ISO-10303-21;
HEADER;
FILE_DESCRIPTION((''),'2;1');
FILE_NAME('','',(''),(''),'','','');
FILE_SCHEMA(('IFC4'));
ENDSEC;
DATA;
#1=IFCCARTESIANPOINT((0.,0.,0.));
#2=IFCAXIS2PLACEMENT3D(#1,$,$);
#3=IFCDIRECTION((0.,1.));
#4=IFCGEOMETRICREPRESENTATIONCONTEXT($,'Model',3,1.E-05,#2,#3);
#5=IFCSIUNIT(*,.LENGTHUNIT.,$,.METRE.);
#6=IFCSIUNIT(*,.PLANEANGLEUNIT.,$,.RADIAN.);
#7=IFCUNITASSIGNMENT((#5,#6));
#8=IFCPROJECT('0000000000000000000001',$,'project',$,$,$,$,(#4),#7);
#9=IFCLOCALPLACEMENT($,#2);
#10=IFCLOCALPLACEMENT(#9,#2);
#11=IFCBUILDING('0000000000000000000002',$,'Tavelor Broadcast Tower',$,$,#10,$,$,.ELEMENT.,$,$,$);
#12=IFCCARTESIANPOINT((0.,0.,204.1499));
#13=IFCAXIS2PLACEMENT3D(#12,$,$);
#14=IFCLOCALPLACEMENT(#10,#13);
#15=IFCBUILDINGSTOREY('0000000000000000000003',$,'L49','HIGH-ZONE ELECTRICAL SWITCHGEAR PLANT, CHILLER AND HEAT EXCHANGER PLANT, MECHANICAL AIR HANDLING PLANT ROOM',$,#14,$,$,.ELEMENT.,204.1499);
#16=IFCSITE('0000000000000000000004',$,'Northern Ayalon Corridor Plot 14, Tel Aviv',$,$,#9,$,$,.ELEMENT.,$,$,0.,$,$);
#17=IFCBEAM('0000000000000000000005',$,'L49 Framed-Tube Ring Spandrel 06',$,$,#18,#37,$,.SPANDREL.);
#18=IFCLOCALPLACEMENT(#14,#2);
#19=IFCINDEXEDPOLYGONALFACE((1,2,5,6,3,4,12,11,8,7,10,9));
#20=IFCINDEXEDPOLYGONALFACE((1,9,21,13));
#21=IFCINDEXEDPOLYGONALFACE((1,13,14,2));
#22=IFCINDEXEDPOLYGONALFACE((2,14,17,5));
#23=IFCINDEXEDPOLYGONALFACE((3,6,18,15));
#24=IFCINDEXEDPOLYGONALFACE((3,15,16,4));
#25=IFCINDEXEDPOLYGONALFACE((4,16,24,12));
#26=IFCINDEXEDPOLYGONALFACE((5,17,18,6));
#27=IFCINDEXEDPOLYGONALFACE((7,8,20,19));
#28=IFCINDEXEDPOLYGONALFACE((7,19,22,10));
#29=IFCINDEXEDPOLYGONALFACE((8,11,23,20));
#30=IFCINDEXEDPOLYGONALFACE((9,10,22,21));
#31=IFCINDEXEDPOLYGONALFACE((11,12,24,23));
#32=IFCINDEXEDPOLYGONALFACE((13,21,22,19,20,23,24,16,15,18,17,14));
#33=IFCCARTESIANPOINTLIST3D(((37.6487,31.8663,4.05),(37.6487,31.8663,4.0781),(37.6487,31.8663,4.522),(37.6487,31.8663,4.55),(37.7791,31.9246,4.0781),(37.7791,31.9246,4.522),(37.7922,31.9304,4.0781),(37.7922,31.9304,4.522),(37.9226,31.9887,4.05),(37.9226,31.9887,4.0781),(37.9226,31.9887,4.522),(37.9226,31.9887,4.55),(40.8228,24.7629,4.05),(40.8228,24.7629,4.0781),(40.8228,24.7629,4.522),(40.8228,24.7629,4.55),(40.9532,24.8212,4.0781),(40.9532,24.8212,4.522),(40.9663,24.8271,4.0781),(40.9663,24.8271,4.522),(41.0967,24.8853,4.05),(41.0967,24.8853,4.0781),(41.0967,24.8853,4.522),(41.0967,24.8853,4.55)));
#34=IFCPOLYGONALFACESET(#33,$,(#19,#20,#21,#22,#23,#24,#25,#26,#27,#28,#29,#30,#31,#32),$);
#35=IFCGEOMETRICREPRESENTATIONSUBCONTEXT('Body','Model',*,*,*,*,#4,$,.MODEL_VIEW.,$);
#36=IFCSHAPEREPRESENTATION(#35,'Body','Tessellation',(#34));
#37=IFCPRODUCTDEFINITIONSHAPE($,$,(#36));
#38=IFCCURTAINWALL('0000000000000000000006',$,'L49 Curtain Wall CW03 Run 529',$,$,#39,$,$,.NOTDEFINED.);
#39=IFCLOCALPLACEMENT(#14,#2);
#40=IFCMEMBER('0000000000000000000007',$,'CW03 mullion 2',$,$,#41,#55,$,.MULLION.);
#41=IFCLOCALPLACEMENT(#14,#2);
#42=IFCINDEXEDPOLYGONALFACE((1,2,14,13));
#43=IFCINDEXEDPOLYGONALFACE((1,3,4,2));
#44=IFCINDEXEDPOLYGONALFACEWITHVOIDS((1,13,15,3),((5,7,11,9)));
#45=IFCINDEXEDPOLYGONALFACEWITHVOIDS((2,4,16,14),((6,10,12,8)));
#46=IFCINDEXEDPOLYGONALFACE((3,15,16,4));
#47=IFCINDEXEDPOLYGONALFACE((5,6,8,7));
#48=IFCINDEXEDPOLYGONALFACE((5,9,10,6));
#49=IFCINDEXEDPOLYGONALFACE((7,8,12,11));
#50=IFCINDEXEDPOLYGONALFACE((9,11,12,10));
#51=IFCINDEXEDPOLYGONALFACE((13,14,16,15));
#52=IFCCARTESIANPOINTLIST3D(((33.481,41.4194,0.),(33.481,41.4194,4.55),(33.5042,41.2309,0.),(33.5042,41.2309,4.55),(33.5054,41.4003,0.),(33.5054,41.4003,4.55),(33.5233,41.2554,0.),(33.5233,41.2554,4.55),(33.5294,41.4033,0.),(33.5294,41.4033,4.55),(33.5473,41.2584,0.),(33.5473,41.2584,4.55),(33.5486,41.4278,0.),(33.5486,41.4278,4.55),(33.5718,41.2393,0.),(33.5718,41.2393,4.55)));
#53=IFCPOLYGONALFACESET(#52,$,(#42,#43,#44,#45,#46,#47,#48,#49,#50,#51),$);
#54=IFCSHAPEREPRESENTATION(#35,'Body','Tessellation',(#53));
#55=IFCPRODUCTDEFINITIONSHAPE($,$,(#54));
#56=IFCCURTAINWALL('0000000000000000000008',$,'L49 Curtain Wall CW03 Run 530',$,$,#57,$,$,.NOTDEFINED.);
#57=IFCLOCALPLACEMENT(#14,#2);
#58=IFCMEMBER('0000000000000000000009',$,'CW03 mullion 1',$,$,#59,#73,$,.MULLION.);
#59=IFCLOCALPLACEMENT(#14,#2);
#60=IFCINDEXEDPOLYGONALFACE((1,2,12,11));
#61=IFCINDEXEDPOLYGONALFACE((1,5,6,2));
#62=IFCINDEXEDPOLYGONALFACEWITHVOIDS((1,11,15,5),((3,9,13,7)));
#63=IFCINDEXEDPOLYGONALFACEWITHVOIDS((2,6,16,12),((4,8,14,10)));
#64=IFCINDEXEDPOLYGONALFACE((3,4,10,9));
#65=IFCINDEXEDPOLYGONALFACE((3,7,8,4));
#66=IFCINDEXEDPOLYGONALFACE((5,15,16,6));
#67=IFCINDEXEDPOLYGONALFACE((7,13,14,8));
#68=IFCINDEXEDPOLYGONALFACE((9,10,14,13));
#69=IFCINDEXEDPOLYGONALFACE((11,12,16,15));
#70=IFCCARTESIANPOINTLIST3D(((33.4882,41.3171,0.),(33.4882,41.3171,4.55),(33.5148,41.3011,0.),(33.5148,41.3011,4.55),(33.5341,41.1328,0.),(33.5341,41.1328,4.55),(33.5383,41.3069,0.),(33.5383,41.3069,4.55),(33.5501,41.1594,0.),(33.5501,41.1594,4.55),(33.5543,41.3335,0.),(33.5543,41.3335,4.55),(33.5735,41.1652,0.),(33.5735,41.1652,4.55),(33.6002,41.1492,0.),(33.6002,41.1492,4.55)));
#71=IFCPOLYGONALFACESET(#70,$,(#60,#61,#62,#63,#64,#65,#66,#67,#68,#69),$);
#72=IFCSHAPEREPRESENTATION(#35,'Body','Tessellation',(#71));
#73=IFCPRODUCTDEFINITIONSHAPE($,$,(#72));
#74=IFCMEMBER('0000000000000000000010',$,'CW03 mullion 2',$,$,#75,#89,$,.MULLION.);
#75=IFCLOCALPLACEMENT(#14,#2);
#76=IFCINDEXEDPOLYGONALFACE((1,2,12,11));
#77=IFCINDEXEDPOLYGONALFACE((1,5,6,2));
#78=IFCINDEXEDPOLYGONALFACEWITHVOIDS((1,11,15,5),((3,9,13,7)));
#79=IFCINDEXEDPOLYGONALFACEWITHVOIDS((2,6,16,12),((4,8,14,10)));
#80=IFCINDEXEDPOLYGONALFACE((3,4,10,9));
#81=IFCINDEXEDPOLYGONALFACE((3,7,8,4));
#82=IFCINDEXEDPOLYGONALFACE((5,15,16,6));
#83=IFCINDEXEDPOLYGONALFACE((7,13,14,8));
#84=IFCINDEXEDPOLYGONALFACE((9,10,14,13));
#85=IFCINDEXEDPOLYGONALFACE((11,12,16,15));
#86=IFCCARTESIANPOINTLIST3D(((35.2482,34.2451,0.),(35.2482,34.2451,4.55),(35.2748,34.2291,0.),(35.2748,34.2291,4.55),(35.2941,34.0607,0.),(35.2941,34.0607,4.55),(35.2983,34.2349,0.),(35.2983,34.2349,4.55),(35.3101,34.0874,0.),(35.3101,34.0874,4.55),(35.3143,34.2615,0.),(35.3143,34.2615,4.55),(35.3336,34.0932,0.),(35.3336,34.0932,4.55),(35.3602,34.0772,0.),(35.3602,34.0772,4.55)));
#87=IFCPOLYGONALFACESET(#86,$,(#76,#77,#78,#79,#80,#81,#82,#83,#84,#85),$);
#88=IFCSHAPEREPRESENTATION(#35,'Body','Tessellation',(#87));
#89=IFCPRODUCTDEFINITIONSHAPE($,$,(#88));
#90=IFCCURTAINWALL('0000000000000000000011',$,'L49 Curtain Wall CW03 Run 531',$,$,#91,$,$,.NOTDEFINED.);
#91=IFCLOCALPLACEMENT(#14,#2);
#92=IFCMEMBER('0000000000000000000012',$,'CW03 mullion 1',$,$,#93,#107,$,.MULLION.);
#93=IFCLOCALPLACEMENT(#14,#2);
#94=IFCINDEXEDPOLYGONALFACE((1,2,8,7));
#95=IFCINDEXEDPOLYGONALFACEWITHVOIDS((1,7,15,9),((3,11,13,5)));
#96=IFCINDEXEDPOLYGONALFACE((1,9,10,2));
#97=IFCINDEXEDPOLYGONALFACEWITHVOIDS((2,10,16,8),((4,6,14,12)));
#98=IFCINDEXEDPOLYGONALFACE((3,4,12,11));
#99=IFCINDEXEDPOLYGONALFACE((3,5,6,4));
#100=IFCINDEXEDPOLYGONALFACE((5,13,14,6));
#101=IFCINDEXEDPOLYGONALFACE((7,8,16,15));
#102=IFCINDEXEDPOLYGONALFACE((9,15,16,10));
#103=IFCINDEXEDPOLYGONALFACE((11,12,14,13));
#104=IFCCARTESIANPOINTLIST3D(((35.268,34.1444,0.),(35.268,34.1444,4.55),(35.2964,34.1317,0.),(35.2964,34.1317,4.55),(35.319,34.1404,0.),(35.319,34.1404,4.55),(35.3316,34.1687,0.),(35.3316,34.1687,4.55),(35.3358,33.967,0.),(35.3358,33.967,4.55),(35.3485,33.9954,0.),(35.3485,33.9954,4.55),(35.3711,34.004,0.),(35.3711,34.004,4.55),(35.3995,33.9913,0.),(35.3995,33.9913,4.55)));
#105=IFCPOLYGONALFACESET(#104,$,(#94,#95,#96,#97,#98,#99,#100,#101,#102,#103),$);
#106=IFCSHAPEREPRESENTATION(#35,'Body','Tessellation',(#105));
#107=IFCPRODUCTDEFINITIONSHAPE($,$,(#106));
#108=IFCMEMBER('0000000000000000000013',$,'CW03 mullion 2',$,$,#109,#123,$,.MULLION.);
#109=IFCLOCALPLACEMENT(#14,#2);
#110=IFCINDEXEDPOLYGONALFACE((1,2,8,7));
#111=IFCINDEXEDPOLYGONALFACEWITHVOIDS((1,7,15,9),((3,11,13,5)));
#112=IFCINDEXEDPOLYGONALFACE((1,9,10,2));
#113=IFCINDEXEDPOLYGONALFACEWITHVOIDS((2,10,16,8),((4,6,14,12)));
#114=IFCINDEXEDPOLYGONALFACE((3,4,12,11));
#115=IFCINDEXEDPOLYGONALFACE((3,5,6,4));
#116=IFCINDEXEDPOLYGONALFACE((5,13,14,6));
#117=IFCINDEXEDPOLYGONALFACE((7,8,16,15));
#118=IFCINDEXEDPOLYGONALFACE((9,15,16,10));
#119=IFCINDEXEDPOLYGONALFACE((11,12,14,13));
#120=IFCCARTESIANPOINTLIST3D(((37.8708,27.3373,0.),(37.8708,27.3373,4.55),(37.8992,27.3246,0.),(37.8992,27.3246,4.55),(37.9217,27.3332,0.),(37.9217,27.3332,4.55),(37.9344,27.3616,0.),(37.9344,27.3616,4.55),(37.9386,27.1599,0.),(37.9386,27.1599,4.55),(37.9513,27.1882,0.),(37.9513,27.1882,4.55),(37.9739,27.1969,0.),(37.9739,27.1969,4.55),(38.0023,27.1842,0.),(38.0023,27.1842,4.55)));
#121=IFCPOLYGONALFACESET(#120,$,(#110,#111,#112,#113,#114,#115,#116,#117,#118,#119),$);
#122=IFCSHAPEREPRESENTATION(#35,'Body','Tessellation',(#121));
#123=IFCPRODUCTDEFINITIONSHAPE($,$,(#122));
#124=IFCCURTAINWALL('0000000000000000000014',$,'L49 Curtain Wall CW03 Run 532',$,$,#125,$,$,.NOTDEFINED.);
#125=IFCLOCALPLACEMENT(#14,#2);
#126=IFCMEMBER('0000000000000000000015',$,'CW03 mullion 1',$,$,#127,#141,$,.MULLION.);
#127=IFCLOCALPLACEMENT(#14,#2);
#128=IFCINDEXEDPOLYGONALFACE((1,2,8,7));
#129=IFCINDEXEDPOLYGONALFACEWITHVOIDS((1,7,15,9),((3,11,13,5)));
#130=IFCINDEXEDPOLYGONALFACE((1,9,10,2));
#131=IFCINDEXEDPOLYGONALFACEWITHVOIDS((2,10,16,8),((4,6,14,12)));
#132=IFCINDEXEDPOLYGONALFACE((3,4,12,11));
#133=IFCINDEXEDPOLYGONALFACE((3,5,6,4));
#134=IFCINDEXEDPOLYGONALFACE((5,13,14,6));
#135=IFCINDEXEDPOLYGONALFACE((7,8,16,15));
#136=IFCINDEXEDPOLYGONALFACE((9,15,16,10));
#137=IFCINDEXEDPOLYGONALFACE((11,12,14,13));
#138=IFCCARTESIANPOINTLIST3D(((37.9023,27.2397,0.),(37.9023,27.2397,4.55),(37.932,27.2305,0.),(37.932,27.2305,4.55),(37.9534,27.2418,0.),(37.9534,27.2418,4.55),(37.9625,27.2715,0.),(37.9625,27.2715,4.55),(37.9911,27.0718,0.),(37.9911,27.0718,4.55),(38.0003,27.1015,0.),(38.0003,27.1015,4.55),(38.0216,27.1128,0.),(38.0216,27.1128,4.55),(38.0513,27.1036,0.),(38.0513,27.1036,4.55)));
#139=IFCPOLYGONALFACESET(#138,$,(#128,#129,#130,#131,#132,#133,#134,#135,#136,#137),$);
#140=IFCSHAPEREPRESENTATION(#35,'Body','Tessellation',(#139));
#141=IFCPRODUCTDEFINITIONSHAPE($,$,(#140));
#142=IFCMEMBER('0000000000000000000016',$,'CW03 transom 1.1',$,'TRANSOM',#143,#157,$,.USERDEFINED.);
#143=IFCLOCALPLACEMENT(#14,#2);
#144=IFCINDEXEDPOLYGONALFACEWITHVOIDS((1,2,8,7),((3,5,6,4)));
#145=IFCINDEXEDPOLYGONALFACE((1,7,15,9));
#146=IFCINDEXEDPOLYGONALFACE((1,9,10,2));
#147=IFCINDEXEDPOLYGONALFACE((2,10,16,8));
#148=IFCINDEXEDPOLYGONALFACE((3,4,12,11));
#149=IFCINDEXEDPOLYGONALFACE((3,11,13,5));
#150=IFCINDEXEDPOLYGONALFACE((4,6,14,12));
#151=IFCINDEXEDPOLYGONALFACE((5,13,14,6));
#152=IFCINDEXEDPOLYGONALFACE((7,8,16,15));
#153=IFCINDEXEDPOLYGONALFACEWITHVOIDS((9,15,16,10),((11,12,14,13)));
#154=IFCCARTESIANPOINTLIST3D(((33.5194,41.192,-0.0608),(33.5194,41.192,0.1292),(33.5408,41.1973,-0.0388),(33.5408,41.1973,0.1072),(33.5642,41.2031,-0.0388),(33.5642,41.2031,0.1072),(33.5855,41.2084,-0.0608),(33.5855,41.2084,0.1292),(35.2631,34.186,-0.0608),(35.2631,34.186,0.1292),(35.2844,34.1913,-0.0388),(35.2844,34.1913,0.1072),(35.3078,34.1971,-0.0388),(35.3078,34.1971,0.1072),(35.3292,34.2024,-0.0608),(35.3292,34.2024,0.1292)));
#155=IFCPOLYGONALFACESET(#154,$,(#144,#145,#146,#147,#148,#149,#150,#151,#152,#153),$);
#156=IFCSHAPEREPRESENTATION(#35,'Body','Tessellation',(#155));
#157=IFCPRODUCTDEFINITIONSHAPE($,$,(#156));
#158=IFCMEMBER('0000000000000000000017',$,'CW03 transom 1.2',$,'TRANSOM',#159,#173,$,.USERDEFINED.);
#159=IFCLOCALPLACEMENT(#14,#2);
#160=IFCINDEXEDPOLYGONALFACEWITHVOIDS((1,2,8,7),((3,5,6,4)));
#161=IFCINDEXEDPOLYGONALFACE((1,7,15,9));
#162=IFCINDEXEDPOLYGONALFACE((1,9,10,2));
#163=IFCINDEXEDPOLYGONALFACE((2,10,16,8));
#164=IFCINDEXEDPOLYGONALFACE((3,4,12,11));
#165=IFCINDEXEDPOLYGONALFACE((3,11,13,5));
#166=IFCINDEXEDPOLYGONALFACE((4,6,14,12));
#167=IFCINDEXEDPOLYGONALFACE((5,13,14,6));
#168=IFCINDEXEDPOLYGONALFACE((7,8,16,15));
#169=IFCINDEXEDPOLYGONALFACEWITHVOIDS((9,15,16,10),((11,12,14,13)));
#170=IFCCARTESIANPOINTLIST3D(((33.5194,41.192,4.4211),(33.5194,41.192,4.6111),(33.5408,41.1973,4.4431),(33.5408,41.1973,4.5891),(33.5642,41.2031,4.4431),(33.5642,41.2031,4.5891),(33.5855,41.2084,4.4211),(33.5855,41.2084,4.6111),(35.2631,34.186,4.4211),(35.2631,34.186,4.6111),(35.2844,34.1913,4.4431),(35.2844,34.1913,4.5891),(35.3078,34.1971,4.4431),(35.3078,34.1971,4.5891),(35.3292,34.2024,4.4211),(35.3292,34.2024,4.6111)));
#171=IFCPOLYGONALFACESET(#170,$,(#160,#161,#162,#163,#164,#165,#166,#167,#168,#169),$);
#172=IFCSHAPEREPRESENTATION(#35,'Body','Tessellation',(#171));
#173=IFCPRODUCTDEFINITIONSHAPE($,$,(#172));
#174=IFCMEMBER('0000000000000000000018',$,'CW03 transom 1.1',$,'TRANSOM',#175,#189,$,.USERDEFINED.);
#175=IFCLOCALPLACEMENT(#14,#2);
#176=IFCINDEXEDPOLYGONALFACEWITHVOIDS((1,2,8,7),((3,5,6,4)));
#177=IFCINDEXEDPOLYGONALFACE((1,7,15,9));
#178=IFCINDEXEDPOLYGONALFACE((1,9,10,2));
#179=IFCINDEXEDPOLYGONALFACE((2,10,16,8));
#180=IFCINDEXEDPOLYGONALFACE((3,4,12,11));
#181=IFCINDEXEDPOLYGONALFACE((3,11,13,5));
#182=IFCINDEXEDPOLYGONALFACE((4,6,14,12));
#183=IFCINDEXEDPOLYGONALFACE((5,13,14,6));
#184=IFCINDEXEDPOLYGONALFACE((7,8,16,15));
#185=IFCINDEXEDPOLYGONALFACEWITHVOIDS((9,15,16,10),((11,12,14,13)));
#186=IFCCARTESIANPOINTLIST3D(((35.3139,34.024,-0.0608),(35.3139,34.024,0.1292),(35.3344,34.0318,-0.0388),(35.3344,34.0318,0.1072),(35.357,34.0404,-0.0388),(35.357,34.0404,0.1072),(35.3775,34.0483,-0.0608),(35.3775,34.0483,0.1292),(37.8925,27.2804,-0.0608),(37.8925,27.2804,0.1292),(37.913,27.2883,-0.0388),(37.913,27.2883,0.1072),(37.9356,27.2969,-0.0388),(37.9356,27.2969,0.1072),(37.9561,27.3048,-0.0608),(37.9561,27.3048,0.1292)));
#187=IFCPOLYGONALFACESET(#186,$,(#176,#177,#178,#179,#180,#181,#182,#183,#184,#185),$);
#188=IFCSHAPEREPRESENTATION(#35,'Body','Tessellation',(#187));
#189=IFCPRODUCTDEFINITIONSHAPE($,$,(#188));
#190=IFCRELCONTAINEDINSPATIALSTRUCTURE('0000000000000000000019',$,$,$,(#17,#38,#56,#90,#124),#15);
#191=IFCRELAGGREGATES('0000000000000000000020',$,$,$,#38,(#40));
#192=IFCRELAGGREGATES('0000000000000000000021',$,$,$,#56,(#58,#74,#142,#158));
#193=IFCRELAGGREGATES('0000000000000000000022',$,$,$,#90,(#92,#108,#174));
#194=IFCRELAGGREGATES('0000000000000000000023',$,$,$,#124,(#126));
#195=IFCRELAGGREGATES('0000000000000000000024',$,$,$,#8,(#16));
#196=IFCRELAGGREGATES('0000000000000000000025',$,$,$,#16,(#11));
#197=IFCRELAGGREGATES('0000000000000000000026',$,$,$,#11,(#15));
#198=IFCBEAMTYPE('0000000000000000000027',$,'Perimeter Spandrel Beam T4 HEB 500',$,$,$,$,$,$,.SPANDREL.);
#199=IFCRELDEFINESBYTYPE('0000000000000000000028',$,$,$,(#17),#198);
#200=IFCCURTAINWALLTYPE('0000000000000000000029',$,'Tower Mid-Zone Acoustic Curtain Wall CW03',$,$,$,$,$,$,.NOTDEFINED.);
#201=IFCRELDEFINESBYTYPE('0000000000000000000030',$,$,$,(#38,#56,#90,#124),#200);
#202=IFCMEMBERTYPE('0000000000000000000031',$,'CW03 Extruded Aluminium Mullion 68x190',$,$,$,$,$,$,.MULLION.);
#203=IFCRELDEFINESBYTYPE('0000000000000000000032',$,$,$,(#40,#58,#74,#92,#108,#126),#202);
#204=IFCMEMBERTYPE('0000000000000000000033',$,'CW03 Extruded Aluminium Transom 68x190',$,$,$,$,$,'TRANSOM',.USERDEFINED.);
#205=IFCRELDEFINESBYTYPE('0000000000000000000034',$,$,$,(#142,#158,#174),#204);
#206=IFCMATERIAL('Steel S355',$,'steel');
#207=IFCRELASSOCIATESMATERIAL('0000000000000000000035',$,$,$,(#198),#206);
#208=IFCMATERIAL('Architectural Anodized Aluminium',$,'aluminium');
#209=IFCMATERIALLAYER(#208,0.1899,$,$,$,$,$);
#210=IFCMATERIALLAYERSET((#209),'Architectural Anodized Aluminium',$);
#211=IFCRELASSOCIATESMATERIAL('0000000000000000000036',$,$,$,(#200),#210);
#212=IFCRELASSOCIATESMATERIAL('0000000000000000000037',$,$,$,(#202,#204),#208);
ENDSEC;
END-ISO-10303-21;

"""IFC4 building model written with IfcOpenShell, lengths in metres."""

from ifc_helpers import new_model, si_unit, direction, frame, origin, origin_2d, place, context, subcontext, project, spatial, hollow_rectangle, i_section, extrude, source, transform, mapped, material, layer, layer_set, material_profile, profile_set, type_object, type_shapes, element, aggregate, save


model = new_model("IFC4")

# Units and contexts
model_context = context("Model", 3, precision=1e-05, world=origin(), true_north=direction((0.0, 1.0)))
body_context = subcontext(model_context, "Body", "Model", "MODEL_VIEW")
ifc_project = project(units=[si_unit("LENGTHUNIT", "METRE"), si_unit("PLANEANGLEUNIT", "RADIAN")], contexts=[model_context])

# Site, building, storey
site_placement = place(None, origin())
site = spatial("IfcSite", under=ifc_project, at=site_placement, Name="Northern Ayalon Corridor Plot 14, Tel Aviv", CompositionType="ELEMENT", RefElevation=0.0)
building_placement = place(site_placement, origin())
building = spatial("IfcBuilding", under=site, at=building_placement, Name="Tavelor Broadcast Tower", CompositionType="ELEMENT")
storey_placement = place(building_placement, frame((0.0, 0.0, 204.1499)))
storey = spatial("IfcBuildingStorey", under=building, at=storey_placement, Name="L49", Description="HIGH-ZONE ELECTRICAL SWITCHGEAR PLANT, CHILLER AND HEAT EXCHANGER PLANT, MECHANICAL AIR HANDLING PLANT ROOM", CompositionType="ELEMENT", Elevation=204.1499)

# Beam
ifc_material_1 = material(Name="Steel S355", Category="steel")
ifc_material_profile_1 = material_profile(ifc_material_1, i_section(OverallWidth=0.3, OverallDepth=0.5, WebThickness=0.0144, FlangeThickness=0.0281, at=origin_2d()), Name="HEB 500")
ifc_profile_set_1 = profile_set([ifc_material_profile_1], Name="Steel S355")
beam_type_1 = type_object("IfcBeamType", Name="Perimeter Spandrel Beam T4 HEB 500", PredefinedType="SPANDREL", material=ifc_profile_set_1)
beam_1_placement = place(storey_placement, frame((37.7856, 31.9275, 4.3), z_axis=(0.407969, -0.912996, 0.0), x_axis=(0.912996, 0.407969, 0.0)))
element("IfcBeam", 1, at=beam_1_placement, inside=storey, type_object=beam_type_1, Name="L49 Framed-Tube Ring Spandrel 06", PredefinedType="SPANDREL", context=body_context, shape_type="SweptSolid", body=[
    extrude(i_section(OverallWidth=0.3, OverallDepth=0.5, WebThickness=0.0144, FlangeThickness=0.0281, at=origin_2d()), origin(), (0.0, 0.0, 1.0), 7.7803),
])

# Curtain wall, member
ifc_material_2 = material(Name="Architectural Anodized Aluminium", Category="aluminium")
ifc_layer_1 = layer(ifc_material_2, 0.1899)
ifc_layer_set_1 = layer_set([ifc_layer_1], Name="Architectural Anodized Aluminium")
curtain_wall_type = type_object("IfcCurtainWallType", Name="Tower Mid-Zone Acoustic Curtain Wall CW03", PredefinedType="NOTDEFINED", material=ifc_layer_set_1)
curtain_wall_1_placement = place(storey_placement, origin())
curtain_wall_1 = element("IfcCurtainWall", 2, at=curtain_wall_1_placement, inside=storey, type_object=curtain_wall_type, Name="L49 Curtain Wall CW03 Run 529", PredefinedType="NOTDEFINED")
ifc_material_profile_2 = material_profile(ifc_material_2, hollow_rectangle(XDim=0.0681, YDim=0.1899, WallThickness=0.022, at=origin_2d()), Name="RHS 68x190x22")
ifc_profile_set_2 = profile_set([ifc_material_profile_2], Name="Architectural Anodized Aluminium")
member_type_1 = type_object("IfcMemberType", Name="CW03 Extruded Aluminium Mullion 68x190", PredefinedType="MULLION", material=ifc_profile_set_2)
shared_shape_1 = source(origin(), body_context, "Body", "SweptSolid", [
    extrude(hollow_rectangle(XDim=0.0681, YDim=0.1899, WallThickness=0.022, at=origin_2d()), origin(), (0.0, 0.0, 1.0), 4.55),
])
type_shapes(member_type_1, [shared_shape_1])
member_1_placement = place(storey_placement, frame((33.5264, 41.3293, 0.0), z_axis=(0.0, 0.0, 1.0), x_axis=(0.992494, 0.122293, 0.0)))
member_1 = element("IfcMember", 3, at=member_1_placement, type_object=member_type_1, Name="CW03 mullion 2", PredefinedType="MULLION", context=body_context, shape_type="MappedRepresentation", body=[
    mapped(shared_shape_1, transform((0.0, 0.0, 0.0), scale=1.0)),
])
aggregate(curtain_wall_1, [member_1])

# Curtain walls, members
curtain_wall_2_placement = place(storey_placement, origin())
curtain_wall_2 = element("IfcCurtainWall", 4, at=curtain_wall_2_placement, inside=storey, type_object=curtain_wall_type, Name="L49 Curtain Wall CW03 Run 530", PredefinedType="NOTDEFINED")
member_2_placement = place(storey_placement, frame((33.5442, 41.2332, 0.0), z_axis=(0.0, 0.0, 1.0), x_axis=(0.970398, 0.241512, 0.0)))
member_2 = element("IfcMember", 5, at=member_2_placement, type_object=member_type_1, Name="CW03 mullion 1", PredefinedType="MULLION", context=body_context, shape_type="MappedRepresentation", body=[
    mapped(shared_shape_1, transform((0.0, 0.0, 0.0), scale=1.0)),
])
member_3_placement = place(storey_placement, frame((35.3042, 34.1611, 0.0), z_axis=(0.0, 0.0, 1.0), x_axis=(0.970398, 0.241512, 0.0)))
member_3 = element("IfcMember", 6, at=member_3_placement, type_object=member_type_1, Name="CW03 mullion 2", PredefinedType="MULLION", context=body_context, shape_type="MappedRepresentation", body=[
    mapped(shared_shape_1, transform((0.0, 0.0, 0.0), scale=1.0)),
])
curtain_wall_3_placement = place(storey_placement, origin())
curtain_wall_3 = element("IfcCurtainWall", 7, at=curtain_wall_3_placement, inside=storey, type_object=curtain_wall_type, Name="L49 Curtain Wall CW03 Run 531", PredefinedType="NOTDEFINED")
member_4_placement = place(storey_placement, frame((35.3337, 34.0679, 0.0), z_axis=(0.0, 0.0, 1.0), x_axis=(0.934042, 0.357162, 0.0)))
member_4 = element("IfcMember", 8, at=member_4_placement, type_object=member_type_1, Name="CW03 mullion 1", PredefinedType="MULLION", context=body_context, shape_type="MappedRepresentation", body=[
    mapped(shared_shape_1, transform((0.0, 0.0, 0.0), scale=1.0)),
])
member_5_placement = place(storey_placement, frame((37.9365, 27.2607, 0.0), z_axis=(0.0, 0.0, 1.0), x_axis=(0.934042, 0.357162, 0.0)))
member_5 = element("IfcMember", 9, at=member_5_placement, type_object=member_type_1, Name="CW03 mullion 2", PredefinedType="MULLION", context=body_context, shape_type="MappedRepresentation", body=[
    mapped(shared_shape_1, transform((0.0, 0.0, 0.0), scale=1.0)),
])

# Curtain wall, member
curtain_wall_4_placement = place(storey_placement, origin())
curtain_wall_4 = element("IfcCurtainWall", 10, at=curtain_wall_4_placement, inside=storey, type_object=curtain_wall_type, Name="L49 Curtain Wall CW03 Run 532", PredefinedType="NOTDEFINED")
member_6_placement = place(storey_placement, frame((37.9768, 27.1716, 0.0), z_axis=(0.0, 0.0, 1.0), x_axis=(0.883959, 0.467564, 0.0)))
member_6 = element("IfcMember", 11, at=member_6_placement, type_object=member_type_1, Name="CW03 mullion 1", PredefinedType="MULLION", context=body_context, shape_type="MappedRepresentation", body=[
    mapped(shared_shape_1, transform((0.0, 0.0, 0.0), scale=1.0)),
])

# Members
ifc_material_profile_3 = material_profile(ifc_material_2, hollow_rectangle(XDim=0.0681, YDim=0.1899, WallThickness=0.022, at=origin_2d()), Name="RHS 68x190x22")
ifc_profile_set_3 = profile_set([ifc_material_profile_3], Name="Architectural Anodized Aluminium")
member_type_2 = type_object("IfcMemberType", Name="CW03 Extruded Aluminium Transom 68x190", ElementType="TRANSOM", PredefinedType="USERDEFINED", material=ifc_profile_set_3)
shared_shape_2 = source(origin(), body_context, "Body", "SweptSolid", [
    extrude(hollow_rectangle(XDim=0.0681, YDim=0.1899, WallThickness=0.022, at=origin_2d()), origin(), (0.0, 0.0, 1.0), 7.2197),
])
member_7_placement = place(storey_placement, frame((33.5525, 41.2002, 0.0342), z_axis=(0.241509, -0.970399, 0.0), x_axis=(0.970399, 0.241509, 0.0)))
member_7 = element("IfcMember", 12, at=member_7_placement, type_object=member_type_2, Name="CW03 transom 1.1", ObjectType="TRANSOM", PredefinedType="USERDEFINED", context=body_context, shape_type="MappedRepresentation", body=[
    mapped(shared_shape_2, transform((0.0, 0.0, 0.0), scale=1.0)),
])
member_8_placement = place(storey_placement, frame((33.5525, 41.2002, 4.5161), z_axis=(0.241509, -0.970399, 0.0), x_axis=(0.970399, 0.241509, 0.0)))
member_8 = element("IfcMember", 13, at=member_8_placement, type_object=member_type_2, Name="CW03 transom 1.2", ObjectType="TRANSOM", PredefinedType="USERDEFINED", context=body_context, shape_type="MappedRepresentation", body=[
    mapped(shared_shape_2, transform((0.0, 0.0, 0.0), scale=1.0)),
])
member_9_placement = place(storey_placement, frame((35.3457, 34.0361, 0.0342), z_axis=(0.357157, -0.934045, 0.0), x_axis=(0.934045, 0.357157, 0.0)))
member_9 = element("IfcMember", 14, at=member_9_placement, type_object=member_type_2, Name="CW03 transom 1.1", ObjectType="TRANSOM", PredefinedType="USERDEFINED", context=body_context, shape_type="MappedRepresentation", body=[
    mapped(shared_shape_2, transform((0.0, 0.0, 0.0), scale=1.0)),
])

aggregate(curtain_wall_2, [member_2, member_3, member_7, member_8])
aggregate(curtain_wall_3, [member_4, member_5, member_9])
aggregate(curtain_wall_4, [member_6])

save(model, "model.ifc")
